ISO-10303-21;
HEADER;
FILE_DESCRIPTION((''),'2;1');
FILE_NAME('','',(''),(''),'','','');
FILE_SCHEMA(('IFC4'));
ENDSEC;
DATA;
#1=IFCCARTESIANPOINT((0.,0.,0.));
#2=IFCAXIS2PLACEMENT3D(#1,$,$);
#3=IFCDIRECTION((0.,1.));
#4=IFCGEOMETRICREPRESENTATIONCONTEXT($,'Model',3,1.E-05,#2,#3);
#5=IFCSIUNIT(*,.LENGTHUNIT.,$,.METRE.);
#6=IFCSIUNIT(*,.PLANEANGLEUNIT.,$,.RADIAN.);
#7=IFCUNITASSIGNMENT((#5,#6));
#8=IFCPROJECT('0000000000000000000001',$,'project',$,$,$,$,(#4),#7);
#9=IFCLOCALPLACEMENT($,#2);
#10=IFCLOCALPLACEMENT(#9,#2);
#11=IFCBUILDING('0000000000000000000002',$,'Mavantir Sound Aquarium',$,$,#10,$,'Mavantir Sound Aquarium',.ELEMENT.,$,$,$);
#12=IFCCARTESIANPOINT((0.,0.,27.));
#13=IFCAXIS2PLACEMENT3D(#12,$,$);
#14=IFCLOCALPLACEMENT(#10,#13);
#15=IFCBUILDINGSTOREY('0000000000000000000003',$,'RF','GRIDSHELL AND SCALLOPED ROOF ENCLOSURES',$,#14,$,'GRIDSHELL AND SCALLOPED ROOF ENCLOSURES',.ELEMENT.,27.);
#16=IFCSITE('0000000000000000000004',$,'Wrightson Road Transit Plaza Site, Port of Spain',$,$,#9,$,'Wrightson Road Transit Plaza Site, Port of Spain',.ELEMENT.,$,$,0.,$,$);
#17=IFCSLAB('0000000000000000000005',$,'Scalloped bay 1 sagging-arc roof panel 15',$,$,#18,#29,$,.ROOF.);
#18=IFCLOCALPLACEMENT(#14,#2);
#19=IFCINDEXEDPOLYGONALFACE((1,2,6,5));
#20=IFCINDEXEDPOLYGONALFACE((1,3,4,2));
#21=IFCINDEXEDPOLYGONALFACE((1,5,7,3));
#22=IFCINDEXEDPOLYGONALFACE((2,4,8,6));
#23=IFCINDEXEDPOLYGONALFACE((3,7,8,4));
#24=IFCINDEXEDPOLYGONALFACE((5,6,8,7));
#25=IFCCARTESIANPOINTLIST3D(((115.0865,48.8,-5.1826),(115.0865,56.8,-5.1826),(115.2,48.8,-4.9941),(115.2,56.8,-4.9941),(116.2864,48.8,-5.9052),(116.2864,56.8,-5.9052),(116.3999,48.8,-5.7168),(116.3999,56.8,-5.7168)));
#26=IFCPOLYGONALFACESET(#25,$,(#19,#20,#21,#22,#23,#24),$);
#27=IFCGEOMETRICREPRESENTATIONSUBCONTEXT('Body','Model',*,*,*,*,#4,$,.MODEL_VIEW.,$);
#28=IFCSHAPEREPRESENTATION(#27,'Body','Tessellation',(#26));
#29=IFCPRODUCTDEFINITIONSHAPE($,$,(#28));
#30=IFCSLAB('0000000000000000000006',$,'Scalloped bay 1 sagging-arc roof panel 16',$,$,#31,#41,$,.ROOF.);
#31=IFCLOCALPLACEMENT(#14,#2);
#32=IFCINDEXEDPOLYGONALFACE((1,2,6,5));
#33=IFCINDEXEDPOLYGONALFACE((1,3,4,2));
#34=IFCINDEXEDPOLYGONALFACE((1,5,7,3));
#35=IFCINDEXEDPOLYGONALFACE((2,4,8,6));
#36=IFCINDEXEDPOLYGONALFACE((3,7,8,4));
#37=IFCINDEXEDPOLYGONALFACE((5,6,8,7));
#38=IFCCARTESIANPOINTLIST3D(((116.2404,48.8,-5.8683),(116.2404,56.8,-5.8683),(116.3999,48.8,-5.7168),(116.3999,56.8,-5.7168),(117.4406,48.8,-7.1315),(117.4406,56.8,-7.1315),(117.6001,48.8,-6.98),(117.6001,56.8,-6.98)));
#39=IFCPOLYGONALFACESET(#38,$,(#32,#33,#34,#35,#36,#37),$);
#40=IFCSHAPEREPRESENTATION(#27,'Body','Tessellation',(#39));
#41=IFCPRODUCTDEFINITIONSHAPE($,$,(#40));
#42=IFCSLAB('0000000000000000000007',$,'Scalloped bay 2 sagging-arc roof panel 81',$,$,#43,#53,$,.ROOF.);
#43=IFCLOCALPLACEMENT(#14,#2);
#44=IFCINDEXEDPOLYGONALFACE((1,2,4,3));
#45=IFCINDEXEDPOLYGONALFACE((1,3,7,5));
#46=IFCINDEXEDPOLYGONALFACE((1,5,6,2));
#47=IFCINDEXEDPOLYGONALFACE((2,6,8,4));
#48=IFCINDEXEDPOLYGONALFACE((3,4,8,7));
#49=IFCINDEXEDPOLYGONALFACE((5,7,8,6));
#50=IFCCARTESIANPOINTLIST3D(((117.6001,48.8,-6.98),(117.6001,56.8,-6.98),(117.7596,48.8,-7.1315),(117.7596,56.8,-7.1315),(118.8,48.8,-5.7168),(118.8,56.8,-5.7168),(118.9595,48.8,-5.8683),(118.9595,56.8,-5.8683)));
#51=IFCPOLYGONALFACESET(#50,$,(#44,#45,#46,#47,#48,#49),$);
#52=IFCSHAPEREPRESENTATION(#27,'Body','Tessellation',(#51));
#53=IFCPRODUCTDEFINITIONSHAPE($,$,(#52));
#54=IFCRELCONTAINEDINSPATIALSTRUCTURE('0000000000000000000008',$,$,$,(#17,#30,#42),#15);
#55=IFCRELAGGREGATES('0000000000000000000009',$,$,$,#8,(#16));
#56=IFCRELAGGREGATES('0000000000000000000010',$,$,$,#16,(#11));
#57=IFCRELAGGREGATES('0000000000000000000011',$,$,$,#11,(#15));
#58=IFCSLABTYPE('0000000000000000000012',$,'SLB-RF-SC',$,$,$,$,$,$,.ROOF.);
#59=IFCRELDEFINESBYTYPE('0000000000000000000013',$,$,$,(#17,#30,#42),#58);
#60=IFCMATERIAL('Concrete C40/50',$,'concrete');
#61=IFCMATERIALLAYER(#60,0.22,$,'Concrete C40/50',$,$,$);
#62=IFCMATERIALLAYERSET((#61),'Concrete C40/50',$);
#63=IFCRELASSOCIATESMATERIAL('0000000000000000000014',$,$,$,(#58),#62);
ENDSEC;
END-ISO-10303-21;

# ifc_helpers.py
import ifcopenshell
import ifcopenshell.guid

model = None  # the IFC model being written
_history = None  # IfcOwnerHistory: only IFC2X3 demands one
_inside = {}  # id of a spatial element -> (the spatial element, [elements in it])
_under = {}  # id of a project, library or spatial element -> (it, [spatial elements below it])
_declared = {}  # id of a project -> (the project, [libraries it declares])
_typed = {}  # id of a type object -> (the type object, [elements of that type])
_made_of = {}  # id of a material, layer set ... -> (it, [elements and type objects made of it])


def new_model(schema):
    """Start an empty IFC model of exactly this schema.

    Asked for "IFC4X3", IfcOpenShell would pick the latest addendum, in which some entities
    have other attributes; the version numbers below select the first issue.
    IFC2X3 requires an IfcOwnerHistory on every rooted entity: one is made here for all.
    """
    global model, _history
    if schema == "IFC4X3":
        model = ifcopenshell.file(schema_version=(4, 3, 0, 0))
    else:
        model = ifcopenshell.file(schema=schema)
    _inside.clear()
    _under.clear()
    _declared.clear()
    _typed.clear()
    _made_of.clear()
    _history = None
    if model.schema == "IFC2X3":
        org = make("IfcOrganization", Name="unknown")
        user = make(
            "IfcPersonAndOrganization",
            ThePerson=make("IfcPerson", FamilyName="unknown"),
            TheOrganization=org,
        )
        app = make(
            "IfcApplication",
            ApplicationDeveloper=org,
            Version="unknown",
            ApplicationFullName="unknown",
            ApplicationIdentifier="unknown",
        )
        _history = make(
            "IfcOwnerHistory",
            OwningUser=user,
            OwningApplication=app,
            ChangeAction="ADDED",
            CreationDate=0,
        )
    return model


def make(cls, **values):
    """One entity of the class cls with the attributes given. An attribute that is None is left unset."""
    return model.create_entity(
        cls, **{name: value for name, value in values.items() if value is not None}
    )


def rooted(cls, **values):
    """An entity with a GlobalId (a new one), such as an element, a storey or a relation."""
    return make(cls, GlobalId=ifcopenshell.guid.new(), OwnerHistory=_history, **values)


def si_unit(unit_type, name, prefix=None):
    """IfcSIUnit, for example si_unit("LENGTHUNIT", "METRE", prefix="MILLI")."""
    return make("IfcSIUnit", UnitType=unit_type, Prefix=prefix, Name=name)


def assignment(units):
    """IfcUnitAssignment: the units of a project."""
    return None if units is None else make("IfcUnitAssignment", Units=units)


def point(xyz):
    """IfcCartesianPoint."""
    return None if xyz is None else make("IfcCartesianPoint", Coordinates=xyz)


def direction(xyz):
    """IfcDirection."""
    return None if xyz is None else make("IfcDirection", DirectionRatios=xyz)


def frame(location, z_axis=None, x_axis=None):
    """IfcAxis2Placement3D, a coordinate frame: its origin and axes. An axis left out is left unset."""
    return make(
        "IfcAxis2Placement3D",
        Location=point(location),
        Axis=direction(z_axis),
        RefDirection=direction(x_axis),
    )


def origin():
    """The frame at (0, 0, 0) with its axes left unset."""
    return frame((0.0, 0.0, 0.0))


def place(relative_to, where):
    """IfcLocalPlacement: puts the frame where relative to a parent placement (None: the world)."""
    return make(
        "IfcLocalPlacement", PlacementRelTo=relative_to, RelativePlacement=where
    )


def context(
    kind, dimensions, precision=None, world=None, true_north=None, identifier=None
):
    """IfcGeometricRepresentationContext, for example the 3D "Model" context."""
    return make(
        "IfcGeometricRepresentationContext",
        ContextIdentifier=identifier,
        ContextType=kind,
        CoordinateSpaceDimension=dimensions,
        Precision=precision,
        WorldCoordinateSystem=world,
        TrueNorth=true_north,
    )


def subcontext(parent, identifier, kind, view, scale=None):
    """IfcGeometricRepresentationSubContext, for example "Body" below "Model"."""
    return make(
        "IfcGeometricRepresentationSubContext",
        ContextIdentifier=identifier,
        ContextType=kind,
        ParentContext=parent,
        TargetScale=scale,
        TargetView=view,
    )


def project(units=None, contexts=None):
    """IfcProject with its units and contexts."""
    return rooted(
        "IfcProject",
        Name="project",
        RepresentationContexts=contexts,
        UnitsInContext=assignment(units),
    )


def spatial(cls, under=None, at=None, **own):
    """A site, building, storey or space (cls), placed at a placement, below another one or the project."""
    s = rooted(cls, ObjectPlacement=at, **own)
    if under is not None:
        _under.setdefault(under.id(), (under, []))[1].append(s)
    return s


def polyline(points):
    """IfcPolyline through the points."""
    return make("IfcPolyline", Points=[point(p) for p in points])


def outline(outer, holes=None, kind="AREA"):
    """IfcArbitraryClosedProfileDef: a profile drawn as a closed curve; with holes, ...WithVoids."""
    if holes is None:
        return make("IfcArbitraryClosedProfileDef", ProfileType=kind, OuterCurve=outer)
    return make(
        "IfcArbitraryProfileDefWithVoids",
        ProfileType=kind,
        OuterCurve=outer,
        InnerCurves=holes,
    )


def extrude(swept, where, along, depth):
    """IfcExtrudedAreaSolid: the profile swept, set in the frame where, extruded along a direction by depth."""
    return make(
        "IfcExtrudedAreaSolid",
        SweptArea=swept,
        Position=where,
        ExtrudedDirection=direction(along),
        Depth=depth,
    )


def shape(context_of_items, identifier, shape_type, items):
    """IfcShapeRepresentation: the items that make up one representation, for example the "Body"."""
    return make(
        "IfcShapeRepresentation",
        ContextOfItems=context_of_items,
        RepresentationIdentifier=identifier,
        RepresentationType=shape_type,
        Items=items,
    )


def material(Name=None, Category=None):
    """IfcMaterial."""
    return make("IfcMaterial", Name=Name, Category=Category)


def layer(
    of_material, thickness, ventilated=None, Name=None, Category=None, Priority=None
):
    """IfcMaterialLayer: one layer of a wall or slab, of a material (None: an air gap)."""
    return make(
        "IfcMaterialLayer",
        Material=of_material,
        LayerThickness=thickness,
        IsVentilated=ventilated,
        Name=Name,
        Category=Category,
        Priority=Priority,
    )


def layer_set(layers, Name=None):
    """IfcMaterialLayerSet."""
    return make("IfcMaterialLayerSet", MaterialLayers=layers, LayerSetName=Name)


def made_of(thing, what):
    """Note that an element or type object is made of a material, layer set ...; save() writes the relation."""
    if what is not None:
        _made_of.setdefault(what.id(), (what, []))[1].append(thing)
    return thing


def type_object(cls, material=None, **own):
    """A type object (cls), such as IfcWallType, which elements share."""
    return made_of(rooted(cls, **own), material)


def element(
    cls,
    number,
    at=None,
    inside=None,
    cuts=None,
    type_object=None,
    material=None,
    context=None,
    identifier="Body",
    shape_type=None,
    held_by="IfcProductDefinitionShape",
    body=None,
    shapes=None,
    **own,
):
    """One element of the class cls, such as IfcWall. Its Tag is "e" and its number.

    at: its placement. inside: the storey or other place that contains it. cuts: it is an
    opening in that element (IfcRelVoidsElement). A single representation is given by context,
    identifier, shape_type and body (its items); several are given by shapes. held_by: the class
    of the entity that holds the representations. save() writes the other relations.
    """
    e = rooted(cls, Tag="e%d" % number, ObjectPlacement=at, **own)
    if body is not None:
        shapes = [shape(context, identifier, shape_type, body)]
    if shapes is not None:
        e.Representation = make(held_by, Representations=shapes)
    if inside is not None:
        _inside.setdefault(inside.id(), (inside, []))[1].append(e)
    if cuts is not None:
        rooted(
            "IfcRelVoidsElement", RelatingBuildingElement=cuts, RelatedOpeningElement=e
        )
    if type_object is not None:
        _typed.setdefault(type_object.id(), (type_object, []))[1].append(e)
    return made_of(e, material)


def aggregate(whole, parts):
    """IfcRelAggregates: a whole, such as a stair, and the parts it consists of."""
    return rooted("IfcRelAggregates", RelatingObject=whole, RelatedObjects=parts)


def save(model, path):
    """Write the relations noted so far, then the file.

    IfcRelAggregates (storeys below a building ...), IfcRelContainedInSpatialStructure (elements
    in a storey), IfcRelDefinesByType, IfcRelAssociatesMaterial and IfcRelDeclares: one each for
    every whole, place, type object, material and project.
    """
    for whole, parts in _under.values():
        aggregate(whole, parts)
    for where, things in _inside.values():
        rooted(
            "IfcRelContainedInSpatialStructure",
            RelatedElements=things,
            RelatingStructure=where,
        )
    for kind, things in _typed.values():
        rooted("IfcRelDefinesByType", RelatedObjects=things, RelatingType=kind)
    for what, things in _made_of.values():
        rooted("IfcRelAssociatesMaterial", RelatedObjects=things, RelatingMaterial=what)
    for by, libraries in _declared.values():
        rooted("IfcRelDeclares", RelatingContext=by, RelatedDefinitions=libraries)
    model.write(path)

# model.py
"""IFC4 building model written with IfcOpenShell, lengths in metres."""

from ifc_helpers import new_model, si_unit, direction, frame, origin, place, context, subcontext, project, spatial, polyline, outline, extrude, material, layer, layer_set, type_object, element, save


model = new_model("IFC4")

# Units and contexts
model_context = context("Model", 3, precision=1e-05, world=origin(), true_north=direction((0.0, 1.0)))
body_context = subcontext(model_context, "Body", "Model", "MODEL_VIEW")
ifc_project = project(units=[si_unit("LENGTHUNIT", "METRE"), si_unit("PLANEANGLEUNIT", "RADIAN")], contexts=[model_context])

# Site, building, storey
site_placement = place(None, origin())
site = spatial("IfcSite", under=ifc_project, at=site_placement, Name="Wrightson Road Transit Plaza Site, Port of Spain", LongName="Wrightson Road Transit Plaza Site, Port of Spain", CompositionType="ELEMENT", RefElevation=0.0)
building_placement = place(site_placement, origin())
building = spatial("IfcBuilding", under=site, at=building_placement, Name="Mavantir Sound Aquarium", LongName="Mavantir Sound Aquarium", CompositionType="ELEMENT")
storey_placement = place(building_placement, frame((0.0, 0.0, 27.0)))
storey = spatial("IfcBuildingStorey", under=building, at=storey_placement, Name="RF", Description="GRIDSHELL AND SCALLOPED ROOF ENCLOSURES", LongName="GRIDSHELL AND SCALLOPED ROOF ENCLOSURES", CompositionType="ELEMENT", Elevation=27.0)

# Shared definitions
ifc_material_1 = material(Name="Concrete C40/50", Category="concrete")

# Slabs
ifc_layer_1 = layer(ifc_material_1, 0.22, Name="Concrete C40/50")
ifc_layer_set_1 = layer_set([ifc_layer_1], Name="Concrete C40/50")
slab_type = type_object("IfcSlabType", Name="SLB-RF-SC", PredefinedType="ROOF", material=ifc_layer_set_1)
slab_1_placement = place(storey_placement, frame((115.2, 48.8, -4.9941), z_axis=(0.515905, 0.0, 0.856646), x_axis=(0.856646, 0.0, -0.515905)))
element("IfcSlab", 1, at=slab_1_placement, inside=storey, type_object=slab_type, Name="Scalloped bay 1 sagging-arc roof panel 15", PredefinedType="ROOF", context=body_context, shape_type="SweptSolid", body=[
    extrude(outline(polyline([(0.0, 0.0), (1.4008, 0.0), (1.4008, 8.0), (0.0, 8.0), (0.0, 0.0)])), origin(), (0.0, 0.0, -1.0), 0.22),
])
slab_2_placement = place(storey_placement, frame((116.3999, 48.8, -5.7168), z_axis=(0.72495, 0.0, 0.688801), x_axis=(0.688801, 0.0, -0.72495)))
element("IfcSlab", 2, at=slab_2_placement, inside=storey, type_object=slab_type, Name="Scalloped bay 1 sagging-arc roof panel 16", PredefinedType="ROOF", context=body_context, shape_type="SweptSolid", body=[
    extrude(outline(polyline([(0.0, 0.0), (1.7424, 0.0), (1.7424, 8.0), (0.0, 8.0), (0.0, 0.0)])), origin(), (0.0, 0.0, -1.0), 0.22),
])
slab_3_placement = place(storey_placement, frame((117.6001, 48.8, -6.98), z_axis=(-0.72502, 0.0, 0.688727), x_axis=(0.688727, 0.0, 0.72502)))
element("IfcSlab", 3, at=slab_3_placement, inside=storey, type_object=slab_type, Name="Scalloped bay 2 sagging-arc roof panel 81", PredefinedType="ROOF", context=body_context, shape_type="SweptSolid", body=[
    extrude(outline(polyline([(0.0, 0.0), (1.7423, 0.0), (1.7423, 8.0), (0.0, 8.0), (0.0, 0.0)])), origin(), (0.0, 0.0, -1.0), 0.22),
])

save(model, "model.ifc")
